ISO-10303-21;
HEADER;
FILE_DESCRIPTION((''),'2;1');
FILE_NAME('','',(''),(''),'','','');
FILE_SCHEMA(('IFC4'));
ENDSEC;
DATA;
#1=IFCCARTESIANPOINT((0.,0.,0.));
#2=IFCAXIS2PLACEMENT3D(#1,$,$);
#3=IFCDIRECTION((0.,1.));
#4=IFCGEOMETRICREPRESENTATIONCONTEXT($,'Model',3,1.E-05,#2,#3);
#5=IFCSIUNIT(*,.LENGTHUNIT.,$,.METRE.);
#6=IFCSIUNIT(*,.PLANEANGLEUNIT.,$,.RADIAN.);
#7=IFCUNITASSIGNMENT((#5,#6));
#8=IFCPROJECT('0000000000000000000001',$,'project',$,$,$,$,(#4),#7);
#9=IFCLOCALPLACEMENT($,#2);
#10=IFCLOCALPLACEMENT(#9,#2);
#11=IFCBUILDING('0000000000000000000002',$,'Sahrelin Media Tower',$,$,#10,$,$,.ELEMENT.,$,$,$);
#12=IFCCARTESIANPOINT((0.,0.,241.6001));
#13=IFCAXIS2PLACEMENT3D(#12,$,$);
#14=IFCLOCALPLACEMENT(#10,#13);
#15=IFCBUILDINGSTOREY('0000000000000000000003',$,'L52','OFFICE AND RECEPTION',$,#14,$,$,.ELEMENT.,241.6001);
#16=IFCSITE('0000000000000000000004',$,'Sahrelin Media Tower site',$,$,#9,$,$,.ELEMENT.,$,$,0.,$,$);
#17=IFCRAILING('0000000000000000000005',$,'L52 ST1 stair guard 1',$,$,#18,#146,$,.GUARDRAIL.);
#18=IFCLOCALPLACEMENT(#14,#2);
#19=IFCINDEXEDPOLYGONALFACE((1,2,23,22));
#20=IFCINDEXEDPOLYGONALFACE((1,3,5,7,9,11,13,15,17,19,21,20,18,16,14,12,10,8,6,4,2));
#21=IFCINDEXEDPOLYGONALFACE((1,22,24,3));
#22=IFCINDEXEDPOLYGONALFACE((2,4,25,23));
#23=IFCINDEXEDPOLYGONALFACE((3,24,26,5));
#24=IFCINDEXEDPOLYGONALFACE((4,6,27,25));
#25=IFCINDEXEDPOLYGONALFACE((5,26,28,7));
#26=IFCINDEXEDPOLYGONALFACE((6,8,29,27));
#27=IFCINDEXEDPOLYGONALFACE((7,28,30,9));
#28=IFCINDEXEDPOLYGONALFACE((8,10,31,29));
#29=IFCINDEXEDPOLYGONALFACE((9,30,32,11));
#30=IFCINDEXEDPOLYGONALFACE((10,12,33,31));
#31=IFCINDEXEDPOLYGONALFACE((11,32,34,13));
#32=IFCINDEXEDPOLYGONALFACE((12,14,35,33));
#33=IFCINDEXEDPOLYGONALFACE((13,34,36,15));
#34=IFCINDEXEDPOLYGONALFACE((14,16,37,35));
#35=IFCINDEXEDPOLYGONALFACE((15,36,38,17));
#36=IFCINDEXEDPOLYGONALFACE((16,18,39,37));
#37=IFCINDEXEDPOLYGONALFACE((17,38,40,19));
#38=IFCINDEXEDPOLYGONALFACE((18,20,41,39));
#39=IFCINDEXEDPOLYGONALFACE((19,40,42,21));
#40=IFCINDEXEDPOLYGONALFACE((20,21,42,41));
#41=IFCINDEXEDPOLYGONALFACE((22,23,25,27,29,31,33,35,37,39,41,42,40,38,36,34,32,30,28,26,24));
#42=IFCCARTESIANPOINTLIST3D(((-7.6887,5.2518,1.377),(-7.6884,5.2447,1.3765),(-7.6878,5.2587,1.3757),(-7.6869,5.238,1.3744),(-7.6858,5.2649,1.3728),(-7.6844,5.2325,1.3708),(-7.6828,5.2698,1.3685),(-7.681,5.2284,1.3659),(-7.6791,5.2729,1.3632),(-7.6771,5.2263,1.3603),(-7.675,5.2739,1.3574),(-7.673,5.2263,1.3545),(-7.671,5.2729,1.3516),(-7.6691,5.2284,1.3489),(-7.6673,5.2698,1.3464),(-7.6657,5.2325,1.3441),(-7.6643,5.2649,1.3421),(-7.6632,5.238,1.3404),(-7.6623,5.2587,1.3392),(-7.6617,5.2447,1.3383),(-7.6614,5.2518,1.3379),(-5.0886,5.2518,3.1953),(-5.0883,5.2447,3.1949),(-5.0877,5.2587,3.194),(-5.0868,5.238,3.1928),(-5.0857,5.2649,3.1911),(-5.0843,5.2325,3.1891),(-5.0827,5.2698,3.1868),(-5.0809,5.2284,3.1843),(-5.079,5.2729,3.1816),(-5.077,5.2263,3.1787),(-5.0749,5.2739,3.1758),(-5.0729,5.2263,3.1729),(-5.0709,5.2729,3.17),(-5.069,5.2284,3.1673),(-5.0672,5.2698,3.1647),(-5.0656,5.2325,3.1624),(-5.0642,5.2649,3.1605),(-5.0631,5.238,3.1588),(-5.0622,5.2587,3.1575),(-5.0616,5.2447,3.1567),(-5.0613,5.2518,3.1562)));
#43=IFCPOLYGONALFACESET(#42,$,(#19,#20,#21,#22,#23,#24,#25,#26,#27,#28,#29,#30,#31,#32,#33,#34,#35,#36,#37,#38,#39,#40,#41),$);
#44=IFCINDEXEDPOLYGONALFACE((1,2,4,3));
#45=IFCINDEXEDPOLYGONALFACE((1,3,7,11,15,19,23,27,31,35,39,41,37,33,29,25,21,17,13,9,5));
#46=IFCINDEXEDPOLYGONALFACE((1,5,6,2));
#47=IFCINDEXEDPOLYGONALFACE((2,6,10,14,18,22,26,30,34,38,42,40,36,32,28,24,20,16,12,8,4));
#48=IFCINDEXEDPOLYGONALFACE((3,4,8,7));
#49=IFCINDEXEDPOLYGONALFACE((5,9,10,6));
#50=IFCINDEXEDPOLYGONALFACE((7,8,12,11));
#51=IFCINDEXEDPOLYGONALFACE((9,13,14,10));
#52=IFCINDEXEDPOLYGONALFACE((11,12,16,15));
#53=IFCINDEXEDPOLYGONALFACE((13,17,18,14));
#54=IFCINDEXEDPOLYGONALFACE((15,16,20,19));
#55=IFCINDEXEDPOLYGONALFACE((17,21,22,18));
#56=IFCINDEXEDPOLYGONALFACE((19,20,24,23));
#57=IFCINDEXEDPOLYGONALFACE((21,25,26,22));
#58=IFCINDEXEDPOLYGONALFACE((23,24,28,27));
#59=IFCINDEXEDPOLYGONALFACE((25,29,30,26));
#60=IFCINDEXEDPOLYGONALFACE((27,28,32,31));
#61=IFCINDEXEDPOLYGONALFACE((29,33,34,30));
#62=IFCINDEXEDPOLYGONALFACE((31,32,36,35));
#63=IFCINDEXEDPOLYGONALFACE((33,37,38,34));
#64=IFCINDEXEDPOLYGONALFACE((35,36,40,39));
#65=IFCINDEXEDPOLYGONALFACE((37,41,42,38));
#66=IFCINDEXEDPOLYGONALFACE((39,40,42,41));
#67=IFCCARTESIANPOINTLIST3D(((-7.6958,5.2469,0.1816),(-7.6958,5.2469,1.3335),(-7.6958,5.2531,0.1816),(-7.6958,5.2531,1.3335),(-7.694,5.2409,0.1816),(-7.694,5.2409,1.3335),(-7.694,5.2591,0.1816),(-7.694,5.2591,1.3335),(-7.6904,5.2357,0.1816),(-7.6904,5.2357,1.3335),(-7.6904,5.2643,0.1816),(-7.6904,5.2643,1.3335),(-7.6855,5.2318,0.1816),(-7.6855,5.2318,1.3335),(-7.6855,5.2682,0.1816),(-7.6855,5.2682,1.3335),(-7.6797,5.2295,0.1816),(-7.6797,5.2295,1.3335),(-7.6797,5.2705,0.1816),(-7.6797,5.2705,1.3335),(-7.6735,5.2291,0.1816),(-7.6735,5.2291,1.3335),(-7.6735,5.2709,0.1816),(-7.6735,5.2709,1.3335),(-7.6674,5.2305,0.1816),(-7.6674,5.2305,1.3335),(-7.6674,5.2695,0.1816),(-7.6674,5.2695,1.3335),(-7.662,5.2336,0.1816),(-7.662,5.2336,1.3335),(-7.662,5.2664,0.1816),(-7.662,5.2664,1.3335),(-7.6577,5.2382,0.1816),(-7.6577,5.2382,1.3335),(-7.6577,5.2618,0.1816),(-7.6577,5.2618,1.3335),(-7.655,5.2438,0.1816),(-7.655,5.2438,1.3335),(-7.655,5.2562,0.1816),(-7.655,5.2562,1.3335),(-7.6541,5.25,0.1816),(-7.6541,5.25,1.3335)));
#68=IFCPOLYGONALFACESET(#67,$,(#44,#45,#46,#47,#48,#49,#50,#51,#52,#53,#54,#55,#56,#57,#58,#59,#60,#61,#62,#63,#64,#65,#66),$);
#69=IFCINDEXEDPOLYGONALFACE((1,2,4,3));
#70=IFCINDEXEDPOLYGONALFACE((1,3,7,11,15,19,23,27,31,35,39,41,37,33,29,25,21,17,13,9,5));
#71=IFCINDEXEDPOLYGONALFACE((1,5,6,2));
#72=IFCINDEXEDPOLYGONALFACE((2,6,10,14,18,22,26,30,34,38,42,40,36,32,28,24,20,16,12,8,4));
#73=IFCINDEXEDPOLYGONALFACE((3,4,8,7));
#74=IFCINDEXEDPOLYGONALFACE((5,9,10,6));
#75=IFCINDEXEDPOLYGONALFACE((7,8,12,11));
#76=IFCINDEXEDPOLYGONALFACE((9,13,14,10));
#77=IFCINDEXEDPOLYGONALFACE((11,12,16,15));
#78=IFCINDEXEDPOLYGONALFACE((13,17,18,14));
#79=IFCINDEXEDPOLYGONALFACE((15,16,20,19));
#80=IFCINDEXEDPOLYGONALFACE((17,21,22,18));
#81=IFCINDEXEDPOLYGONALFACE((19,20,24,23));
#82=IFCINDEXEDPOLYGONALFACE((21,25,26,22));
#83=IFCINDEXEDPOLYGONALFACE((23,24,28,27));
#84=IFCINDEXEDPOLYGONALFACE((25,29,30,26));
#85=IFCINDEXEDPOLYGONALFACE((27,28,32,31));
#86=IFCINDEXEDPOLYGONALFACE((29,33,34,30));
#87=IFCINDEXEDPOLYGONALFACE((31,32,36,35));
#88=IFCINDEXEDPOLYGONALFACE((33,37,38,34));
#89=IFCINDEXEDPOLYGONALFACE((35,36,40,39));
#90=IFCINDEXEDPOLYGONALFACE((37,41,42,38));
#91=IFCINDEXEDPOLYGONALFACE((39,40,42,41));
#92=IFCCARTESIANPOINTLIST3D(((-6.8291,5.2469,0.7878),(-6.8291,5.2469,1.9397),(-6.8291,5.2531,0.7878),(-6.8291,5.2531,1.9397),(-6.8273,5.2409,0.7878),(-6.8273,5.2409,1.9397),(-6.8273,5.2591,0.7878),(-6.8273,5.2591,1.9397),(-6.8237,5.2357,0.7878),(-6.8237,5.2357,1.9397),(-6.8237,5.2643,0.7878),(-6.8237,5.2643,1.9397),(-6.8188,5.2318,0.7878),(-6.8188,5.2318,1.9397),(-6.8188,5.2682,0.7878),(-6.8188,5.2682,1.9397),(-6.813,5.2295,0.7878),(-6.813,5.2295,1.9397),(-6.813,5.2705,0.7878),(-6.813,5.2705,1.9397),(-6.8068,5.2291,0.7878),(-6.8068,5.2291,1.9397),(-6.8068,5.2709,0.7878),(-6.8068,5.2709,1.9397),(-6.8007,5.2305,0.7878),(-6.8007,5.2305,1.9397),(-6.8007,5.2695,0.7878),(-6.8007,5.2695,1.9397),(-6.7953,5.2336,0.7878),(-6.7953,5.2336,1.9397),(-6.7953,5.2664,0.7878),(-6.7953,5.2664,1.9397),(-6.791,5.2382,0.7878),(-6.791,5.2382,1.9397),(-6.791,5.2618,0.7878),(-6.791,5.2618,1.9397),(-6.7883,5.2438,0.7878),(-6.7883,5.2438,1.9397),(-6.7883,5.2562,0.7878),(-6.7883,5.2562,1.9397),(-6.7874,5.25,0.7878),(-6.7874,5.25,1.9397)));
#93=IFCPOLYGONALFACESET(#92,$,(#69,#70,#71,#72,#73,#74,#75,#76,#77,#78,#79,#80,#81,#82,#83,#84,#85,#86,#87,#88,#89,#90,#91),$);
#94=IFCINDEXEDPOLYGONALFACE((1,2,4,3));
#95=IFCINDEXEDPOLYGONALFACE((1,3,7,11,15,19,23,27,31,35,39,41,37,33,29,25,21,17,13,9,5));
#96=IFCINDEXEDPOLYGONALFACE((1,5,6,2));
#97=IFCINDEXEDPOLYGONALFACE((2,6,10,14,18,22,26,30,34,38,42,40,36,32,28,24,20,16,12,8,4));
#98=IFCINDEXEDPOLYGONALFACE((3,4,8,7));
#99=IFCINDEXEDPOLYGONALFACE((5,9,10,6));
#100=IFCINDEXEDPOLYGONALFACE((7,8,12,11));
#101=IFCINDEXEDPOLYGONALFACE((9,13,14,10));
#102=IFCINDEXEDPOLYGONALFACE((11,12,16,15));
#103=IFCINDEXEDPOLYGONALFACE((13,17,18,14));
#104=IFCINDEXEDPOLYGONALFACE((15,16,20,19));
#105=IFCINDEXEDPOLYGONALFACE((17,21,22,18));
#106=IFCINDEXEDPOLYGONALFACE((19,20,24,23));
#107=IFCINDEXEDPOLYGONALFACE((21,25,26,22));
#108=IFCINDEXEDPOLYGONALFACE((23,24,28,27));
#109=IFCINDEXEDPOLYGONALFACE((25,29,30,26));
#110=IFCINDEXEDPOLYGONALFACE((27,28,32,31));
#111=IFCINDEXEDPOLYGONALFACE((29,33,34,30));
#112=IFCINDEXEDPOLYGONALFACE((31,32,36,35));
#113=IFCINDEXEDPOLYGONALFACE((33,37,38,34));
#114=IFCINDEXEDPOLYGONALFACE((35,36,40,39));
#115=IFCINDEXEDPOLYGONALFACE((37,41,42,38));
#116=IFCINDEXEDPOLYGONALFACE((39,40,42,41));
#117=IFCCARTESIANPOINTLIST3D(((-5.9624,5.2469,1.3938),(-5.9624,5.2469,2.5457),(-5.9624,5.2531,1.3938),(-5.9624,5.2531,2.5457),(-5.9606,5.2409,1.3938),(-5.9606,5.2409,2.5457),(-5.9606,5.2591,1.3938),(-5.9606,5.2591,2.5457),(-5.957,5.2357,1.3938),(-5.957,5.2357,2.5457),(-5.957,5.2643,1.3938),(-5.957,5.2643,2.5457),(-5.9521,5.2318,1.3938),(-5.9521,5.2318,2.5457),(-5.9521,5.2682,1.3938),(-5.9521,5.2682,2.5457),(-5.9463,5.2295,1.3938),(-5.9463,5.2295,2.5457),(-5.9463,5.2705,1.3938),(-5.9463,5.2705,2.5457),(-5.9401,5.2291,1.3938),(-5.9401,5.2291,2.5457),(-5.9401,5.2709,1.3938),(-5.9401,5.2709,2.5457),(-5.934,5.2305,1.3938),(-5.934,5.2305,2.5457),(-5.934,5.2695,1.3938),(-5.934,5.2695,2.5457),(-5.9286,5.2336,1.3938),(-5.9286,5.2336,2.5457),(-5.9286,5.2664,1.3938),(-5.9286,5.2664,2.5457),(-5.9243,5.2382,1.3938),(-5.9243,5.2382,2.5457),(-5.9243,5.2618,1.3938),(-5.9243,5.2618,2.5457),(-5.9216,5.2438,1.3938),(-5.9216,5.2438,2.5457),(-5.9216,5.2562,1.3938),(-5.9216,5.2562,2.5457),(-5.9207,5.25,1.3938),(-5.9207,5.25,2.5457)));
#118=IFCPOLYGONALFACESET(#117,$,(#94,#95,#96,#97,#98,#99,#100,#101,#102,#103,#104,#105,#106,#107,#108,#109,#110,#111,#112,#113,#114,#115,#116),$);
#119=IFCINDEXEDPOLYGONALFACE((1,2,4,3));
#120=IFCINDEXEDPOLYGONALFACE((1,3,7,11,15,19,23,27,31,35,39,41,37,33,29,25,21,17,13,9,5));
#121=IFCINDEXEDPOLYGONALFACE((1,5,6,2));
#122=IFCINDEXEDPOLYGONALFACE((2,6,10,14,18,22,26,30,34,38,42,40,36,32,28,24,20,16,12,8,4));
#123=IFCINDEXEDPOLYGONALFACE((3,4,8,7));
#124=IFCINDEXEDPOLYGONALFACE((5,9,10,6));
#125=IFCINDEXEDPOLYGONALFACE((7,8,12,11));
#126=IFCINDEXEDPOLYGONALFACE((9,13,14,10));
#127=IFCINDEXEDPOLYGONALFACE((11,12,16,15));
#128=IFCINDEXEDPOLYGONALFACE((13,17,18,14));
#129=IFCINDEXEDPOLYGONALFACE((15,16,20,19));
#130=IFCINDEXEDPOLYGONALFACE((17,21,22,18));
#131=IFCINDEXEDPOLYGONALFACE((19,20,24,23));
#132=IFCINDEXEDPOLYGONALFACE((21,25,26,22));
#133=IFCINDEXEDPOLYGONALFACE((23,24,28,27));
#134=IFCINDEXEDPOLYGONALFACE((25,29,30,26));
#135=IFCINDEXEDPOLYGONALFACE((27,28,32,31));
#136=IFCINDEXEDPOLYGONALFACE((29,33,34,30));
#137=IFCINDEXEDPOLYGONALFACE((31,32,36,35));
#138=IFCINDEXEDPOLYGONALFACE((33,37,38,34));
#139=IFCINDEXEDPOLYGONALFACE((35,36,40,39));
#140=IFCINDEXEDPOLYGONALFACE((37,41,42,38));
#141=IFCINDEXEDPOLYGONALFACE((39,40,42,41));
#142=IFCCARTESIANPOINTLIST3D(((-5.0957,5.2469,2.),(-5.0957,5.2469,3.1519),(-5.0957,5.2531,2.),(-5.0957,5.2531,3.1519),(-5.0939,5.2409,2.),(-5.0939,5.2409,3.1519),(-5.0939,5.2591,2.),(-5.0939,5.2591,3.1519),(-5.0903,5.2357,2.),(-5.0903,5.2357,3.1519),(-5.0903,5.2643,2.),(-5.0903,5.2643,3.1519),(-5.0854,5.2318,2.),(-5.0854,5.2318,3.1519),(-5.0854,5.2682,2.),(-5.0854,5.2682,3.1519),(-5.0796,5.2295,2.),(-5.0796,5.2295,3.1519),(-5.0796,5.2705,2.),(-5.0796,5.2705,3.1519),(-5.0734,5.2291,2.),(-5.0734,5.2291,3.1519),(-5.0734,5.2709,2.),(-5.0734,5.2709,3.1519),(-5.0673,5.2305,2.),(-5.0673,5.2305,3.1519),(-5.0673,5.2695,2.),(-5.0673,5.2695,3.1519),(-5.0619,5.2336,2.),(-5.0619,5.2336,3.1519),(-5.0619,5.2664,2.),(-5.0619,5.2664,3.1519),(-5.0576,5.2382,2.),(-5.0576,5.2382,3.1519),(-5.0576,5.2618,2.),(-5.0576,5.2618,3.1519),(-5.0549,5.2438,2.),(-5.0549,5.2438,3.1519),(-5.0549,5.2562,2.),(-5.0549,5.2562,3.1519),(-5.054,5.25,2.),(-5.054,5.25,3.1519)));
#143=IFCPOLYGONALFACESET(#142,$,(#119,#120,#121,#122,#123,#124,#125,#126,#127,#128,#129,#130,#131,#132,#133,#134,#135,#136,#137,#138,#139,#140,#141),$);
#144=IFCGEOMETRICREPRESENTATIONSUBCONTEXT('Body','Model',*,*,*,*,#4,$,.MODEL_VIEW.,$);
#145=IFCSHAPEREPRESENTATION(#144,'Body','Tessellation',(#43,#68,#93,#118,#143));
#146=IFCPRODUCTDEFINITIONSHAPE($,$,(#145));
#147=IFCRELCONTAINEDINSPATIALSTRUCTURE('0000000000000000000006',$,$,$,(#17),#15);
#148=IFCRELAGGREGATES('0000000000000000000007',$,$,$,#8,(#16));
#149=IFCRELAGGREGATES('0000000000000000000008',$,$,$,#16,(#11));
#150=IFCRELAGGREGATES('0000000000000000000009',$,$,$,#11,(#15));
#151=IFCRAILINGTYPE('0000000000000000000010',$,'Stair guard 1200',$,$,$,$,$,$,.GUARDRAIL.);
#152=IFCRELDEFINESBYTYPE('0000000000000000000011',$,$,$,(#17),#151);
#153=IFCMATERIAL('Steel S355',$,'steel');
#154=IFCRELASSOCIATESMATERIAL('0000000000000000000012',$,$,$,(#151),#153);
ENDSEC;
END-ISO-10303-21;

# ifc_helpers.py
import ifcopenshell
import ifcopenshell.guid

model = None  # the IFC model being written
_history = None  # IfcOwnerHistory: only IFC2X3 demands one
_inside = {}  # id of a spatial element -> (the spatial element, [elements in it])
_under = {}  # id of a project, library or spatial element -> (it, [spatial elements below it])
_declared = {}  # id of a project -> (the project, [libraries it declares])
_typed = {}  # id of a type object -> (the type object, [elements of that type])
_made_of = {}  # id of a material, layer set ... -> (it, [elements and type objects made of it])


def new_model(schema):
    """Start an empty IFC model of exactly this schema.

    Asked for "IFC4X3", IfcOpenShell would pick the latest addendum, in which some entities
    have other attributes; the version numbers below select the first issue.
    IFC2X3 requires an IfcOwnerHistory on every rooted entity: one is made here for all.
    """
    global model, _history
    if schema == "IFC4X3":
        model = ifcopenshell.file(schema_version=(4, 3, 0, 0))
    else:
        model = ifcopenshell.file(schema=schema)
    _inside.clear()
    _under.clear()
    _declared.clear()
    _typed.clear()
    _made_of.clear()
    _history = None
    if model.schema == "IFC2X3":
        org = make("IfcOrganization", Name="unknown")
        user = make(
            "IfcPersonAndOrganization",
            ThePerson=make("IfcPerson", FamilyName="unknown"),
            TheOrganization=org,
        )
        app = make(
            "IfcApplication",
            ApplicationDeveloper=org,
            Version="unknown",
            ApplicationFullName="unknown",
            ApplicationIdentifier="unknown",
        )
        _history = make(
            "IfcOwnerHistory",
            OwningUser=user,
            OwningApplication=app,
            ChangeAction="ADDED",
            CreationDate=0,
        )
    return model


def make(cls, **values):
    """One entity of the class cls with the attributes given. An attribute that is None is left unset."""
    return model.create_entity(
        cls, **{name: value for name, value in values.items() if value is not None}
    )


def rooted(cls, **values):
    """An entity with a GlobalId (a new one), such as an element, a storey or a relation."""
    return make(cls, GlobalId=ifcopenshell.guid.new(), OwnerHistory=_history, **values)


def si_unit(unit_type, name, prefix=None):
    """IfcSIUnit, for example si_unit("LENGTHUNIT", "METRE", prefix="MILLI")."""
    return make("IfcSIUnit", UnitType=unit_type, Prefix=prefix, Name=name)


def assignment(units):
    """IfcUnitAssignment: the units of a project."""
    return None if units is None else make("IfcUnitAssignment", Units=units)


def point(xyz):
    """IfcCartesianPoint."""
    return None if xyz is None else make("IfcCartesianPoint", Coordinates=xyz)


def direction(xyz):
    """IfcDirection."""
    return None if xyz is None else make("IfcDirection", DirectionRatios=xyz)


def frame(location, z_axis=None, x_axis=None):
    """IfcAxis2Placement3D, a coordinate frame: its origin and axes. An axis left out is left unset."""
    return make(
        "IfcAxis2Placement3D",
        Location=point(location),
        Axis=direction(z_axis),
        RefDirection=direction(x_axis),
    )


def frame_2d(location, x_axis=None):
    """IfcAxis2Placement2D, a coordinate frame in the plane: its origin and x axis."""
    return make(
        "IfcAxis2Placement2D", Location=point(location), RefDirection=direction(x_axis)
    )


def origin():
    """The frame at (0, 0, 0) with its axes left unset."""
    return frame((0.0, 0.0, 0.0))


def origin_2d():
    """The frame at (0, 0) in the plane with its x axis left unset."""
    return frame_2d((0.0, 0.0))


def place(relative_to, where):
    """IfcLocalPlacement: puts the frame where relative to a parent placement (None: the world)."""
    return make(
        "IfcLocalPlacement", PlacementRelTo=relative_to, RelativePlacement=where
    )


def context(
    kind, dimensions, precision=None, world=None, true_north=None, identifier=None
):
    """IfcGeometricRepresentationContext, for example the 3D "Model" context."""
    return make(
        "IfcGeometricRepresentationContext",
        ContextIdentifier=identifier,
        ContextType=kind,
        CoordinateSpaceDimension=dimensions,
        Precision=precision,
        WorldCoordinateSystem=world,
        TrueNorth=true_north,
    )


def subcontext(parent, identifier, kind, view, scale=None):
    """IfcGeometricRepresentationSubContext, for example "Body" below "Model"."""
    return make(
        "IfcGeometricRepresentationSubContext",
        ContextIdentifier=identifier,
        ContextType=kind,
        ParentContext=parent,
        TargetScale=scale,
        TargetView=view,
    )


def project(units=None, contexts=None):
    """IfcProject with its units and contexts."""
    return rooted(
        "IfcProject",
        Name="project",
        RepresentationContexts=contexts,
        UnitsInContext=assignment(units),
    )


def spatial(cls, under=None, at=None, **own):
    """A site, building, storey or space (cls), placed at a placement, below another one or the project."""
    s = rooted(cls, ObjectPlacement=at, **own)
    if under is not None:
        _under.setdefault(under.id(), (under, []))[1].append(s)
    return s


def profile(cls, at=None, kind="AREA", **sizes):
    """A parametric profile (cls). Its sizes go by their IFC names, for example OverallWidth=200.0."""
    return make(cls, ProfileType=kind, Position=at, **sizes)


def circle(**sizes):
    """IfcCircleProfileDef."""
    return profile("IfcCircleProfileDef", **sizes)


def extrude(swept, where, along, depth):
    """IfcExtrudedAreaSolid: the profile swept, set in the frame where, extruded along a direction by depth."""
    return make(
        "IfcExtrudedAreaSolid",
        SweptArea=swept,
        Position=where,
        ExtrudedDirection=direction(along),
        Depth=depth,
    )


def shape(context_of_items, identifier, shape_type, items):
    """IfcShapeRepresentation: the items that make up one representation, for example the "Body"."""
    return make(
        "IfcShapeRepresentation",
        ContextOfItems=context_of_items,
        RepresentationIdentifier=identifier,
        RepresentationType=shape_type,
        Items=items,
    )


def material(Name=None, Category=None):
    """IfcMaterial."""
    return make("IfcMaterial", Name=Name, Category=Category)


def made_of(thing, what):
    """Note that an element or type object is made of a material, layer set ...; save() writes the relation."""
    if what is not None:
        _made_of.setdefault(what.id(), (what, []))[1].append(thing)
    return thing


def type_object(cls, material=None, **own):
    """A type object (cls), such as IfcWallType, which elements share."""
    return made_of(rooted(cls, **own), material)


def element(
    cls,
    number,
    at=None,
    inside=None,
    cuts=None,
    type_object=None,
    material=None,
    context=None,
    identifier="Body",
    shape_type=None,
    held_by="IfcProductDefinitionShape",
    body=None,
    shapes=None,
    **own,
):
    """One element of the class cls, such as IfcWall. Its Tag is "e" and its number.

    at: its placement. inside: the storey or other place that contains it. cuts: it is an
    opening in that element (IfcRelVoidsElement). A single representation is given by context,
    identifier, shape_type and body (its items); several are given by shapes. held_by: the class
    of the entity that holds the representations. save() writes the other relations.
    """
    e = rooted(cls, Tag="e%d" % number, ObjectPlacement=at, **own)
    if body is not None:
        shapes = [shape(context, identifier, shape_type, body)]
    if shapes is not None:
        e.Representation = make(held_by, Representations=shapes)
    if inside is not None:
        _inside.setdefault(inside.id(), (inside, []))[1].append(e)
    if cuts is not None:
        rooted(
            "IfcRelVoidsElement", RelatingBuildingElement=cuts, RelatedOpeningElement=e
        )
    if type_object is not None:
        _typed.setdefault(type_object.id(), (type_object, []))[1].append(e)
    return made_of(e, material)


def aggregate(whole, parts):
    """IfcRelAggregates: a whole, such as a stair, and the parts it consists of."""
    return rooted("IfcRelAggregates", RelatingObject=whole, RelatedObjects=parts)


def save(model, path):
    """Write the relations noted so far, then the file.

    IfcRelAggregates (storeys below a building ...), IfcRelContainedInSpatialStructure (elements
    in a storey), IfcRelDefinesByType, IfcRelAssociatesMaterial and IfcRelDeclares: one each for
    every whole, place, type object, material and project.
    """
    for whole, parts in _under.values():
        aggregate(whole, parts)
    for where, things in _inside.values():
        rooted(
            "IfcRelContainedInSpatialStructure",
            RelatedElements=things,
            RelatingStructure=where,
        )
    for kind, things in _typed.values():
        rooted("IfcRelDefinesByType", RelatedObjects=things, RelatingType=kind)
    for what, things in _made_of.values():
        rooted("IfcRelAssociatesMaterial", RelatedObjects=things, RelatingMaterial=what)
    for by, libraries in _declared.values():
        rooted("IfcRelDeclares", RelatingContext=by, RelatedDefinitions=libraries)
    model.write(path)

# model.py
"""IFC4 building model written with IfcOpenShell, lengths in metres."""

from ifc_helpers import new_model, si_unit, direction, frame, origin, origin_2d, place, context, subcontext, project, spatial, circle, extrude, material, type_object, element, save


model = new_model("IFC4")

# Units and contexts
model_context = context("Model", 3, precision=1e-05, world=origin(), true_north=direction((0.0, 1.0)))
body_context = subcontext(model_context, "Body", "Model", "MODEL_VIEW")
ifc_project = project(units=[si_unit("LENGTHUNIT", "METRE"), si_unit("PLANEANGLEUNIT", "RADIAN")], contexts=[model_context])

# Site, building, storey
site_placement = place(None, origin())
site = spatial("IfcSite", under=ifc_project, at=site_placement, Name="Sahrelin Media Tower site", CompositionType="ELEMENT", RefElevation=0.0)
building_placement = place(site_placement, origin())
building = spatial("IfcBuilding", under=site, at=building_placement, Name="Sahrelin Media Tower", CompositionType="ELEMENT")
storey_placement = place(building_placement, frame((0.0, 0.0, 241.6001)))
storey = spatial("IfcBuildingStorey", under=building, at=storey_placement, Name="L52", Description="OFFICE AND RECEPTION", CompositionType="ELEMENT", Elevation=241.6001)

# Shared definitions
ifc_material_1 = material(Name="Steel S355", Category="steel")

# Railing
railing_type_1 = type_object("IfcRailingType", Name="Stair guard 1200", PredefinedType="GUARDRAIL", material=ifc_material_1)
railing_1_placement = place(storey_placement, frame((-7.675, 5.25, 0.1816)))
element("IfcRailing", 1, at=railing_1_placement, inside=storey, type_object=railing_type_1, Name="L52 ST1 stair guard 1", PredefinedType="GUARDRAIL", context=body_context, shape_type="SweptSolid", body=[
    extrude(circle(Radius=0.0239, at=origin_2d()), frame((0.0, 0.0, 1.1758), z_axis=(0.819485, 0.0, 0.573101), x_axis=(0.0, 1.0, 0.0)), (0.0, 0.0, 1.0), 3.1729),
    extrude(circle(Radius=0.021, at=origin_2d()), origin(), (0.0, 0.0, 1.0), 1.1519),
    extrude(circle(Radius=0.021, at=origin_2d()), frame((0.8667, 0.0, 0.6062)), (0.0, 0.0, 1.0), 1.1519),
    extrude(circle(Radius=0.021, at=origin_2d()), frame((1.7334, 0.0, 1.2122)), (0.0, 0.0, 1.0), 1.1519),
    extrude(circle(Radius=0.021, at=origin_2d()), frame((2.6001, 0.0, 1.8184)), (0.0, 0.0, 1.0), 1.1519),
])

save(model, "model.ifc")
